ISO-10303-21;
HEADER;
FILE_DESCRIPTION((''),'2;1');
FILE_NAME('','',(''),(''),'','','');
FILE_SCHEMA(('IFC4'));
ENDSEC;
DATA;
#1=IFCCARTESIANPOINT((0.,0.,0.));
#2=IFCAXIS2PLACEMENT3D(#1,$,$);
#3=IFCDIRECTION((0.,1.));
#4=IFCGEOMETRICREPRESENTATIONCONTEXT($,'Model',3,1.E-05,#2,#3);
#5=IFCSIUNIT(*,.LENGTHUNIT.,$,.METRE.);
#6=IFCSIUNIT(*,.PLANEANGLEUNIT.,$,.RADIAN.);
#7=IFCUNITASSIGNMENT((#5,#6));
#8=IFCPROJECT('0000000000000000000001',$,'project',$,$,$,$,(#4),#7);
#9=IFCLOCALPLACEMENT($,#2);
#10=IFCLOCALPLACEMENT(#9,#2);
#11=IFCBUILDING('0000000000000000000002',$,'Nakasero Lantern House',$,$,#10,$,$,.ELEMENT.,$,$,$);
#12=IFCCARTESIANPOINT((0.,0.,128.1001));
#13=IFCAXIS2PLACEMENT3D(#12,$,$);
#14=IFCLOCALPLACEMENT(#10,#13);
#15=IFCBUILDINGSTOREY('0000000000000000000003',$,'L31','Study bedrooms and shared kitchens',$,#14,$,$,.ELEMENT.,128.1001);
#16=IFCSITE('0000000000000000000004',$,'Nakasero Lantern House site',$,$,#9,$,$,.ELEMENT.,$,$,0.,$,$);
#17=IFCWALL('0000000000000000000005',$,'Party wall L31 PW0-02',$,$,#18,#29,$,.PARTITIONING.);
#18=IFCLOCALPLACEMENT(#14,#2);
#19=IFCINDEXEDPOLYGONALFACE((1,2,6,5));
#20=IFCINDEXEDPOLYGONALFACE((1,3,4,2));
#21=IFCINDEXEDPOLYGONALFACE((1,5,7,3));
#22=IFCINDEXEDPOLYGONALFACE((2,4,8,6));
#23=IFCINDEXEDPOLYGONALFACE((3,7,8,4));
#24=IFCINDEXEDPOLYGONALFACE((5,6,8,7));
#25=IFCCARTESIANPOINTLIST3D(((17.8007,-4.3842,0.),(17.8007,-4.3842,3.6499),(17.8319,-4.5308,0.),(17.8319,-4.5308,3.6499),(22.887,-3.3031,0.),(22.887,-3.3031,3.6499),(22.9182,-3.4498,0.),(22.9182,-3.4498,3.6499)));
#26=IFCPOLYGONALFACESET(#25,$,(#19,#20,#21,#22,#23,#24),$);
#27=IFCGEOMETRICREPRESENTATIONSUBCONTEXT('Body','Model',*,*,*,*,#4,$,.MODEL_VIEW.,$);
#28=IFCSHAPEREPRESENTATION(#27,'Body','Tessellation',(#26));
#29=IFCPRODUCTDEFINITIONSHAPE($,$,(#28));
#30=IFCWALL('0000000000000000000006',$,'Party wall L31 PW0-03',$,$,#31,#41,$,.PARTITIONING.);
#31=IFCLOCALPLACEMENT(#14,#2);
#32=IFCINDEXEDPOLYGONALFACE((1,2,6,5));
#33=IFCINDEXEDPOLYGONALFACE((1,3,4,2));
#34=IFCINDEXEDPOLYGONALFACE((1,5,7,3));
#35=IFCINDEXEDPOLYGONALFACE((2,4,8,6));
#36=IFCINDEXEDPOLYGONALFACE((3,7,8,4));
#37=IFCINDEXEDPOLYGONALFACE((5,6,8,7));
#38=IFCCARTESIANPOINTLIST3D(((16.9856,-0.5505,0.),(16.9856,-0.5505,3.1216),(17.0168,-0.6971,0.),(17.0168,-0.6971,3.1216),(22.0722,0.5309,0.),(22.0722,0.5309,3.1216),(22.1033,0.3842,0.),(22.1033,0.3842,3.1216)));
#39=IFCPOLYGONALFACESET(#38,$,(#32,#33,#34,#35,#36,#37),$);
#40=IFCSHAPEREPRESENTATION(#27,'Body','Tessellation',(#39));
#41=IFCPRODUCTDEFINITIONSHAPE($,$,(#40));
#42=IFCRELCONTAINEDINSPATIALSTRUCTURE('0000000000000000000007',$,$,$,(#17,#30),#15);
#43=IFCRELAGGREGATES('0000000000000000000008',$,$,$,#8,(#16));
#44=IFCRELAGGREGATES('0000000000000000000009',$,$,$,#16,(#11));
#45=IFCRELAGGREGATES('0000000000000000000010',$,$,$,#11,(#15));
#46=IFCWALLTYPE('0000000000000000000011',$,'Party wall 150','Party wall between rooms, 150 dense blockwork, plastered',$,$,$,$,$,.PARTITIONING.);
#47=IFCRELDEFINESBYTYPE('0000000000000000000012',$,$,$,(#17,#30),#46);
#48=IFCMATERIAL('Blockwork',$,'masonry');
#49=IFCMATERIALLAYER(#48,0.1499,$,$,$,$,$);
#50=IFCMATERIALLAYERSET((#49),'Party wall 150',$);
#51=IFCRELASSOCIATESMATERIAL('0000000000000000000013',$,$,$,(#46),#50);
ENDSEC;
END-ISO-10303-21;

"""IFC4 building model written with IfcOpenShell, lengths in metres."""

from ifc_helpers import new_model, si_unit, direction, frame, frame_2d, origin, place, context, subcontext, project, spatial, rectangle, extrude, material, layer, layer_set, type_object, element, save


model = new_model("IFC4")

# Units and contexts
model_context = context("Model", 3, precision=1e-05, world=origin(), true_north=direction((0.0, 1.0)))
body_context = subcontext(model_context, "Body", "Model", "MODEL_VIEW")
ifc_project = project(units=[si_unit("LENGTHUNIT", "METRE"), si_unit("PLANEANGLEUNIT", "RADIAN")], contexts=[model_context])

# Site, building, storey
site_placement = place(None, origin())
site = spatial("IfcSite", under=ifc_project, at=site_placement, Name="Nakasero Lantern House site", CompositionType="ELEMENT", RefElevation=0.0)
building_placement = place(site_placement, origin())
building = spatial("IfcBuilding", under=site, at=building_placement, Name="Nakasero Lantern House", CompositionType="ELEMENT")
storey_placement = place(building_placement, frame((0.0, 0.0, 128.1001)))
storey = spatial("IfcBuildingStorey", under=building, at=storey_placement, Name="L31", Description="Study bedrooms and shared kitchens", CompositionType="ELEMENT", Elevation=128.1001)

# Walls
ifc_material_1 = material(Name="Blockwork", Category="masonry")
ifc_layer_1 = layer(ifc_material_1, 0.1499)
ifc_layer_set_1 = layer_set([ifc_layer_1], Name="Party wall 150")
wall_type_1 = type_object("IfcWallType", Name="Party wall 150", Description="Party wall between rooms, 150 dense blockwork, plastered", PredefinedType="PARTITIONING", material=ifc_layer_set_1)
for number, where, z_axis, x_axis, name in (
    (1, (17.8162, -4.4575, 0.0), (0.0, 0.0, 1.0), (0.978151, 0.207894, 0.0), "Party wall L31 PW0-02"),
):
    element("IfcWall", number, at=place(storey_placement, frame(where, z_axis=z_axis, x_axis=x_axis)), inside=storey, type_object=wall_type_1, Name=name, PredefinedType="PARTITIONING", context=body_context, shape_type="SweptSolid", body=[
        extrude(rectangle(XDim=5.2, YDim=0.1499, at=frame_2d((2.6001, 0.0))), origin(), (0.0, 0.0, 1.0), 3.6499),
    ])
wall_1_placement = place(storey_placement, frame((17.0012, -0.6238, 0.0), z_axis=(0.0, 0.0, 1.0), x_axis=(0.978142, 0.207938, 0.0)))
element("IfcWall", 2, at=wall_1_placement, inside=storey, type_object=wall_type_1, Name="Party wall L31 PW0-03", PredefinedType="PARTITIONING", context=body_context, shape_type="SweptSolid", body=[
    extrude(rectangle(XDim=5.2002, YDim=0.1499, at=frame_2d((2.6001, 0.0))), origin(), (0.0, 0.0, 1.0), 3.1216),
])

save(model, "model.ifc")
